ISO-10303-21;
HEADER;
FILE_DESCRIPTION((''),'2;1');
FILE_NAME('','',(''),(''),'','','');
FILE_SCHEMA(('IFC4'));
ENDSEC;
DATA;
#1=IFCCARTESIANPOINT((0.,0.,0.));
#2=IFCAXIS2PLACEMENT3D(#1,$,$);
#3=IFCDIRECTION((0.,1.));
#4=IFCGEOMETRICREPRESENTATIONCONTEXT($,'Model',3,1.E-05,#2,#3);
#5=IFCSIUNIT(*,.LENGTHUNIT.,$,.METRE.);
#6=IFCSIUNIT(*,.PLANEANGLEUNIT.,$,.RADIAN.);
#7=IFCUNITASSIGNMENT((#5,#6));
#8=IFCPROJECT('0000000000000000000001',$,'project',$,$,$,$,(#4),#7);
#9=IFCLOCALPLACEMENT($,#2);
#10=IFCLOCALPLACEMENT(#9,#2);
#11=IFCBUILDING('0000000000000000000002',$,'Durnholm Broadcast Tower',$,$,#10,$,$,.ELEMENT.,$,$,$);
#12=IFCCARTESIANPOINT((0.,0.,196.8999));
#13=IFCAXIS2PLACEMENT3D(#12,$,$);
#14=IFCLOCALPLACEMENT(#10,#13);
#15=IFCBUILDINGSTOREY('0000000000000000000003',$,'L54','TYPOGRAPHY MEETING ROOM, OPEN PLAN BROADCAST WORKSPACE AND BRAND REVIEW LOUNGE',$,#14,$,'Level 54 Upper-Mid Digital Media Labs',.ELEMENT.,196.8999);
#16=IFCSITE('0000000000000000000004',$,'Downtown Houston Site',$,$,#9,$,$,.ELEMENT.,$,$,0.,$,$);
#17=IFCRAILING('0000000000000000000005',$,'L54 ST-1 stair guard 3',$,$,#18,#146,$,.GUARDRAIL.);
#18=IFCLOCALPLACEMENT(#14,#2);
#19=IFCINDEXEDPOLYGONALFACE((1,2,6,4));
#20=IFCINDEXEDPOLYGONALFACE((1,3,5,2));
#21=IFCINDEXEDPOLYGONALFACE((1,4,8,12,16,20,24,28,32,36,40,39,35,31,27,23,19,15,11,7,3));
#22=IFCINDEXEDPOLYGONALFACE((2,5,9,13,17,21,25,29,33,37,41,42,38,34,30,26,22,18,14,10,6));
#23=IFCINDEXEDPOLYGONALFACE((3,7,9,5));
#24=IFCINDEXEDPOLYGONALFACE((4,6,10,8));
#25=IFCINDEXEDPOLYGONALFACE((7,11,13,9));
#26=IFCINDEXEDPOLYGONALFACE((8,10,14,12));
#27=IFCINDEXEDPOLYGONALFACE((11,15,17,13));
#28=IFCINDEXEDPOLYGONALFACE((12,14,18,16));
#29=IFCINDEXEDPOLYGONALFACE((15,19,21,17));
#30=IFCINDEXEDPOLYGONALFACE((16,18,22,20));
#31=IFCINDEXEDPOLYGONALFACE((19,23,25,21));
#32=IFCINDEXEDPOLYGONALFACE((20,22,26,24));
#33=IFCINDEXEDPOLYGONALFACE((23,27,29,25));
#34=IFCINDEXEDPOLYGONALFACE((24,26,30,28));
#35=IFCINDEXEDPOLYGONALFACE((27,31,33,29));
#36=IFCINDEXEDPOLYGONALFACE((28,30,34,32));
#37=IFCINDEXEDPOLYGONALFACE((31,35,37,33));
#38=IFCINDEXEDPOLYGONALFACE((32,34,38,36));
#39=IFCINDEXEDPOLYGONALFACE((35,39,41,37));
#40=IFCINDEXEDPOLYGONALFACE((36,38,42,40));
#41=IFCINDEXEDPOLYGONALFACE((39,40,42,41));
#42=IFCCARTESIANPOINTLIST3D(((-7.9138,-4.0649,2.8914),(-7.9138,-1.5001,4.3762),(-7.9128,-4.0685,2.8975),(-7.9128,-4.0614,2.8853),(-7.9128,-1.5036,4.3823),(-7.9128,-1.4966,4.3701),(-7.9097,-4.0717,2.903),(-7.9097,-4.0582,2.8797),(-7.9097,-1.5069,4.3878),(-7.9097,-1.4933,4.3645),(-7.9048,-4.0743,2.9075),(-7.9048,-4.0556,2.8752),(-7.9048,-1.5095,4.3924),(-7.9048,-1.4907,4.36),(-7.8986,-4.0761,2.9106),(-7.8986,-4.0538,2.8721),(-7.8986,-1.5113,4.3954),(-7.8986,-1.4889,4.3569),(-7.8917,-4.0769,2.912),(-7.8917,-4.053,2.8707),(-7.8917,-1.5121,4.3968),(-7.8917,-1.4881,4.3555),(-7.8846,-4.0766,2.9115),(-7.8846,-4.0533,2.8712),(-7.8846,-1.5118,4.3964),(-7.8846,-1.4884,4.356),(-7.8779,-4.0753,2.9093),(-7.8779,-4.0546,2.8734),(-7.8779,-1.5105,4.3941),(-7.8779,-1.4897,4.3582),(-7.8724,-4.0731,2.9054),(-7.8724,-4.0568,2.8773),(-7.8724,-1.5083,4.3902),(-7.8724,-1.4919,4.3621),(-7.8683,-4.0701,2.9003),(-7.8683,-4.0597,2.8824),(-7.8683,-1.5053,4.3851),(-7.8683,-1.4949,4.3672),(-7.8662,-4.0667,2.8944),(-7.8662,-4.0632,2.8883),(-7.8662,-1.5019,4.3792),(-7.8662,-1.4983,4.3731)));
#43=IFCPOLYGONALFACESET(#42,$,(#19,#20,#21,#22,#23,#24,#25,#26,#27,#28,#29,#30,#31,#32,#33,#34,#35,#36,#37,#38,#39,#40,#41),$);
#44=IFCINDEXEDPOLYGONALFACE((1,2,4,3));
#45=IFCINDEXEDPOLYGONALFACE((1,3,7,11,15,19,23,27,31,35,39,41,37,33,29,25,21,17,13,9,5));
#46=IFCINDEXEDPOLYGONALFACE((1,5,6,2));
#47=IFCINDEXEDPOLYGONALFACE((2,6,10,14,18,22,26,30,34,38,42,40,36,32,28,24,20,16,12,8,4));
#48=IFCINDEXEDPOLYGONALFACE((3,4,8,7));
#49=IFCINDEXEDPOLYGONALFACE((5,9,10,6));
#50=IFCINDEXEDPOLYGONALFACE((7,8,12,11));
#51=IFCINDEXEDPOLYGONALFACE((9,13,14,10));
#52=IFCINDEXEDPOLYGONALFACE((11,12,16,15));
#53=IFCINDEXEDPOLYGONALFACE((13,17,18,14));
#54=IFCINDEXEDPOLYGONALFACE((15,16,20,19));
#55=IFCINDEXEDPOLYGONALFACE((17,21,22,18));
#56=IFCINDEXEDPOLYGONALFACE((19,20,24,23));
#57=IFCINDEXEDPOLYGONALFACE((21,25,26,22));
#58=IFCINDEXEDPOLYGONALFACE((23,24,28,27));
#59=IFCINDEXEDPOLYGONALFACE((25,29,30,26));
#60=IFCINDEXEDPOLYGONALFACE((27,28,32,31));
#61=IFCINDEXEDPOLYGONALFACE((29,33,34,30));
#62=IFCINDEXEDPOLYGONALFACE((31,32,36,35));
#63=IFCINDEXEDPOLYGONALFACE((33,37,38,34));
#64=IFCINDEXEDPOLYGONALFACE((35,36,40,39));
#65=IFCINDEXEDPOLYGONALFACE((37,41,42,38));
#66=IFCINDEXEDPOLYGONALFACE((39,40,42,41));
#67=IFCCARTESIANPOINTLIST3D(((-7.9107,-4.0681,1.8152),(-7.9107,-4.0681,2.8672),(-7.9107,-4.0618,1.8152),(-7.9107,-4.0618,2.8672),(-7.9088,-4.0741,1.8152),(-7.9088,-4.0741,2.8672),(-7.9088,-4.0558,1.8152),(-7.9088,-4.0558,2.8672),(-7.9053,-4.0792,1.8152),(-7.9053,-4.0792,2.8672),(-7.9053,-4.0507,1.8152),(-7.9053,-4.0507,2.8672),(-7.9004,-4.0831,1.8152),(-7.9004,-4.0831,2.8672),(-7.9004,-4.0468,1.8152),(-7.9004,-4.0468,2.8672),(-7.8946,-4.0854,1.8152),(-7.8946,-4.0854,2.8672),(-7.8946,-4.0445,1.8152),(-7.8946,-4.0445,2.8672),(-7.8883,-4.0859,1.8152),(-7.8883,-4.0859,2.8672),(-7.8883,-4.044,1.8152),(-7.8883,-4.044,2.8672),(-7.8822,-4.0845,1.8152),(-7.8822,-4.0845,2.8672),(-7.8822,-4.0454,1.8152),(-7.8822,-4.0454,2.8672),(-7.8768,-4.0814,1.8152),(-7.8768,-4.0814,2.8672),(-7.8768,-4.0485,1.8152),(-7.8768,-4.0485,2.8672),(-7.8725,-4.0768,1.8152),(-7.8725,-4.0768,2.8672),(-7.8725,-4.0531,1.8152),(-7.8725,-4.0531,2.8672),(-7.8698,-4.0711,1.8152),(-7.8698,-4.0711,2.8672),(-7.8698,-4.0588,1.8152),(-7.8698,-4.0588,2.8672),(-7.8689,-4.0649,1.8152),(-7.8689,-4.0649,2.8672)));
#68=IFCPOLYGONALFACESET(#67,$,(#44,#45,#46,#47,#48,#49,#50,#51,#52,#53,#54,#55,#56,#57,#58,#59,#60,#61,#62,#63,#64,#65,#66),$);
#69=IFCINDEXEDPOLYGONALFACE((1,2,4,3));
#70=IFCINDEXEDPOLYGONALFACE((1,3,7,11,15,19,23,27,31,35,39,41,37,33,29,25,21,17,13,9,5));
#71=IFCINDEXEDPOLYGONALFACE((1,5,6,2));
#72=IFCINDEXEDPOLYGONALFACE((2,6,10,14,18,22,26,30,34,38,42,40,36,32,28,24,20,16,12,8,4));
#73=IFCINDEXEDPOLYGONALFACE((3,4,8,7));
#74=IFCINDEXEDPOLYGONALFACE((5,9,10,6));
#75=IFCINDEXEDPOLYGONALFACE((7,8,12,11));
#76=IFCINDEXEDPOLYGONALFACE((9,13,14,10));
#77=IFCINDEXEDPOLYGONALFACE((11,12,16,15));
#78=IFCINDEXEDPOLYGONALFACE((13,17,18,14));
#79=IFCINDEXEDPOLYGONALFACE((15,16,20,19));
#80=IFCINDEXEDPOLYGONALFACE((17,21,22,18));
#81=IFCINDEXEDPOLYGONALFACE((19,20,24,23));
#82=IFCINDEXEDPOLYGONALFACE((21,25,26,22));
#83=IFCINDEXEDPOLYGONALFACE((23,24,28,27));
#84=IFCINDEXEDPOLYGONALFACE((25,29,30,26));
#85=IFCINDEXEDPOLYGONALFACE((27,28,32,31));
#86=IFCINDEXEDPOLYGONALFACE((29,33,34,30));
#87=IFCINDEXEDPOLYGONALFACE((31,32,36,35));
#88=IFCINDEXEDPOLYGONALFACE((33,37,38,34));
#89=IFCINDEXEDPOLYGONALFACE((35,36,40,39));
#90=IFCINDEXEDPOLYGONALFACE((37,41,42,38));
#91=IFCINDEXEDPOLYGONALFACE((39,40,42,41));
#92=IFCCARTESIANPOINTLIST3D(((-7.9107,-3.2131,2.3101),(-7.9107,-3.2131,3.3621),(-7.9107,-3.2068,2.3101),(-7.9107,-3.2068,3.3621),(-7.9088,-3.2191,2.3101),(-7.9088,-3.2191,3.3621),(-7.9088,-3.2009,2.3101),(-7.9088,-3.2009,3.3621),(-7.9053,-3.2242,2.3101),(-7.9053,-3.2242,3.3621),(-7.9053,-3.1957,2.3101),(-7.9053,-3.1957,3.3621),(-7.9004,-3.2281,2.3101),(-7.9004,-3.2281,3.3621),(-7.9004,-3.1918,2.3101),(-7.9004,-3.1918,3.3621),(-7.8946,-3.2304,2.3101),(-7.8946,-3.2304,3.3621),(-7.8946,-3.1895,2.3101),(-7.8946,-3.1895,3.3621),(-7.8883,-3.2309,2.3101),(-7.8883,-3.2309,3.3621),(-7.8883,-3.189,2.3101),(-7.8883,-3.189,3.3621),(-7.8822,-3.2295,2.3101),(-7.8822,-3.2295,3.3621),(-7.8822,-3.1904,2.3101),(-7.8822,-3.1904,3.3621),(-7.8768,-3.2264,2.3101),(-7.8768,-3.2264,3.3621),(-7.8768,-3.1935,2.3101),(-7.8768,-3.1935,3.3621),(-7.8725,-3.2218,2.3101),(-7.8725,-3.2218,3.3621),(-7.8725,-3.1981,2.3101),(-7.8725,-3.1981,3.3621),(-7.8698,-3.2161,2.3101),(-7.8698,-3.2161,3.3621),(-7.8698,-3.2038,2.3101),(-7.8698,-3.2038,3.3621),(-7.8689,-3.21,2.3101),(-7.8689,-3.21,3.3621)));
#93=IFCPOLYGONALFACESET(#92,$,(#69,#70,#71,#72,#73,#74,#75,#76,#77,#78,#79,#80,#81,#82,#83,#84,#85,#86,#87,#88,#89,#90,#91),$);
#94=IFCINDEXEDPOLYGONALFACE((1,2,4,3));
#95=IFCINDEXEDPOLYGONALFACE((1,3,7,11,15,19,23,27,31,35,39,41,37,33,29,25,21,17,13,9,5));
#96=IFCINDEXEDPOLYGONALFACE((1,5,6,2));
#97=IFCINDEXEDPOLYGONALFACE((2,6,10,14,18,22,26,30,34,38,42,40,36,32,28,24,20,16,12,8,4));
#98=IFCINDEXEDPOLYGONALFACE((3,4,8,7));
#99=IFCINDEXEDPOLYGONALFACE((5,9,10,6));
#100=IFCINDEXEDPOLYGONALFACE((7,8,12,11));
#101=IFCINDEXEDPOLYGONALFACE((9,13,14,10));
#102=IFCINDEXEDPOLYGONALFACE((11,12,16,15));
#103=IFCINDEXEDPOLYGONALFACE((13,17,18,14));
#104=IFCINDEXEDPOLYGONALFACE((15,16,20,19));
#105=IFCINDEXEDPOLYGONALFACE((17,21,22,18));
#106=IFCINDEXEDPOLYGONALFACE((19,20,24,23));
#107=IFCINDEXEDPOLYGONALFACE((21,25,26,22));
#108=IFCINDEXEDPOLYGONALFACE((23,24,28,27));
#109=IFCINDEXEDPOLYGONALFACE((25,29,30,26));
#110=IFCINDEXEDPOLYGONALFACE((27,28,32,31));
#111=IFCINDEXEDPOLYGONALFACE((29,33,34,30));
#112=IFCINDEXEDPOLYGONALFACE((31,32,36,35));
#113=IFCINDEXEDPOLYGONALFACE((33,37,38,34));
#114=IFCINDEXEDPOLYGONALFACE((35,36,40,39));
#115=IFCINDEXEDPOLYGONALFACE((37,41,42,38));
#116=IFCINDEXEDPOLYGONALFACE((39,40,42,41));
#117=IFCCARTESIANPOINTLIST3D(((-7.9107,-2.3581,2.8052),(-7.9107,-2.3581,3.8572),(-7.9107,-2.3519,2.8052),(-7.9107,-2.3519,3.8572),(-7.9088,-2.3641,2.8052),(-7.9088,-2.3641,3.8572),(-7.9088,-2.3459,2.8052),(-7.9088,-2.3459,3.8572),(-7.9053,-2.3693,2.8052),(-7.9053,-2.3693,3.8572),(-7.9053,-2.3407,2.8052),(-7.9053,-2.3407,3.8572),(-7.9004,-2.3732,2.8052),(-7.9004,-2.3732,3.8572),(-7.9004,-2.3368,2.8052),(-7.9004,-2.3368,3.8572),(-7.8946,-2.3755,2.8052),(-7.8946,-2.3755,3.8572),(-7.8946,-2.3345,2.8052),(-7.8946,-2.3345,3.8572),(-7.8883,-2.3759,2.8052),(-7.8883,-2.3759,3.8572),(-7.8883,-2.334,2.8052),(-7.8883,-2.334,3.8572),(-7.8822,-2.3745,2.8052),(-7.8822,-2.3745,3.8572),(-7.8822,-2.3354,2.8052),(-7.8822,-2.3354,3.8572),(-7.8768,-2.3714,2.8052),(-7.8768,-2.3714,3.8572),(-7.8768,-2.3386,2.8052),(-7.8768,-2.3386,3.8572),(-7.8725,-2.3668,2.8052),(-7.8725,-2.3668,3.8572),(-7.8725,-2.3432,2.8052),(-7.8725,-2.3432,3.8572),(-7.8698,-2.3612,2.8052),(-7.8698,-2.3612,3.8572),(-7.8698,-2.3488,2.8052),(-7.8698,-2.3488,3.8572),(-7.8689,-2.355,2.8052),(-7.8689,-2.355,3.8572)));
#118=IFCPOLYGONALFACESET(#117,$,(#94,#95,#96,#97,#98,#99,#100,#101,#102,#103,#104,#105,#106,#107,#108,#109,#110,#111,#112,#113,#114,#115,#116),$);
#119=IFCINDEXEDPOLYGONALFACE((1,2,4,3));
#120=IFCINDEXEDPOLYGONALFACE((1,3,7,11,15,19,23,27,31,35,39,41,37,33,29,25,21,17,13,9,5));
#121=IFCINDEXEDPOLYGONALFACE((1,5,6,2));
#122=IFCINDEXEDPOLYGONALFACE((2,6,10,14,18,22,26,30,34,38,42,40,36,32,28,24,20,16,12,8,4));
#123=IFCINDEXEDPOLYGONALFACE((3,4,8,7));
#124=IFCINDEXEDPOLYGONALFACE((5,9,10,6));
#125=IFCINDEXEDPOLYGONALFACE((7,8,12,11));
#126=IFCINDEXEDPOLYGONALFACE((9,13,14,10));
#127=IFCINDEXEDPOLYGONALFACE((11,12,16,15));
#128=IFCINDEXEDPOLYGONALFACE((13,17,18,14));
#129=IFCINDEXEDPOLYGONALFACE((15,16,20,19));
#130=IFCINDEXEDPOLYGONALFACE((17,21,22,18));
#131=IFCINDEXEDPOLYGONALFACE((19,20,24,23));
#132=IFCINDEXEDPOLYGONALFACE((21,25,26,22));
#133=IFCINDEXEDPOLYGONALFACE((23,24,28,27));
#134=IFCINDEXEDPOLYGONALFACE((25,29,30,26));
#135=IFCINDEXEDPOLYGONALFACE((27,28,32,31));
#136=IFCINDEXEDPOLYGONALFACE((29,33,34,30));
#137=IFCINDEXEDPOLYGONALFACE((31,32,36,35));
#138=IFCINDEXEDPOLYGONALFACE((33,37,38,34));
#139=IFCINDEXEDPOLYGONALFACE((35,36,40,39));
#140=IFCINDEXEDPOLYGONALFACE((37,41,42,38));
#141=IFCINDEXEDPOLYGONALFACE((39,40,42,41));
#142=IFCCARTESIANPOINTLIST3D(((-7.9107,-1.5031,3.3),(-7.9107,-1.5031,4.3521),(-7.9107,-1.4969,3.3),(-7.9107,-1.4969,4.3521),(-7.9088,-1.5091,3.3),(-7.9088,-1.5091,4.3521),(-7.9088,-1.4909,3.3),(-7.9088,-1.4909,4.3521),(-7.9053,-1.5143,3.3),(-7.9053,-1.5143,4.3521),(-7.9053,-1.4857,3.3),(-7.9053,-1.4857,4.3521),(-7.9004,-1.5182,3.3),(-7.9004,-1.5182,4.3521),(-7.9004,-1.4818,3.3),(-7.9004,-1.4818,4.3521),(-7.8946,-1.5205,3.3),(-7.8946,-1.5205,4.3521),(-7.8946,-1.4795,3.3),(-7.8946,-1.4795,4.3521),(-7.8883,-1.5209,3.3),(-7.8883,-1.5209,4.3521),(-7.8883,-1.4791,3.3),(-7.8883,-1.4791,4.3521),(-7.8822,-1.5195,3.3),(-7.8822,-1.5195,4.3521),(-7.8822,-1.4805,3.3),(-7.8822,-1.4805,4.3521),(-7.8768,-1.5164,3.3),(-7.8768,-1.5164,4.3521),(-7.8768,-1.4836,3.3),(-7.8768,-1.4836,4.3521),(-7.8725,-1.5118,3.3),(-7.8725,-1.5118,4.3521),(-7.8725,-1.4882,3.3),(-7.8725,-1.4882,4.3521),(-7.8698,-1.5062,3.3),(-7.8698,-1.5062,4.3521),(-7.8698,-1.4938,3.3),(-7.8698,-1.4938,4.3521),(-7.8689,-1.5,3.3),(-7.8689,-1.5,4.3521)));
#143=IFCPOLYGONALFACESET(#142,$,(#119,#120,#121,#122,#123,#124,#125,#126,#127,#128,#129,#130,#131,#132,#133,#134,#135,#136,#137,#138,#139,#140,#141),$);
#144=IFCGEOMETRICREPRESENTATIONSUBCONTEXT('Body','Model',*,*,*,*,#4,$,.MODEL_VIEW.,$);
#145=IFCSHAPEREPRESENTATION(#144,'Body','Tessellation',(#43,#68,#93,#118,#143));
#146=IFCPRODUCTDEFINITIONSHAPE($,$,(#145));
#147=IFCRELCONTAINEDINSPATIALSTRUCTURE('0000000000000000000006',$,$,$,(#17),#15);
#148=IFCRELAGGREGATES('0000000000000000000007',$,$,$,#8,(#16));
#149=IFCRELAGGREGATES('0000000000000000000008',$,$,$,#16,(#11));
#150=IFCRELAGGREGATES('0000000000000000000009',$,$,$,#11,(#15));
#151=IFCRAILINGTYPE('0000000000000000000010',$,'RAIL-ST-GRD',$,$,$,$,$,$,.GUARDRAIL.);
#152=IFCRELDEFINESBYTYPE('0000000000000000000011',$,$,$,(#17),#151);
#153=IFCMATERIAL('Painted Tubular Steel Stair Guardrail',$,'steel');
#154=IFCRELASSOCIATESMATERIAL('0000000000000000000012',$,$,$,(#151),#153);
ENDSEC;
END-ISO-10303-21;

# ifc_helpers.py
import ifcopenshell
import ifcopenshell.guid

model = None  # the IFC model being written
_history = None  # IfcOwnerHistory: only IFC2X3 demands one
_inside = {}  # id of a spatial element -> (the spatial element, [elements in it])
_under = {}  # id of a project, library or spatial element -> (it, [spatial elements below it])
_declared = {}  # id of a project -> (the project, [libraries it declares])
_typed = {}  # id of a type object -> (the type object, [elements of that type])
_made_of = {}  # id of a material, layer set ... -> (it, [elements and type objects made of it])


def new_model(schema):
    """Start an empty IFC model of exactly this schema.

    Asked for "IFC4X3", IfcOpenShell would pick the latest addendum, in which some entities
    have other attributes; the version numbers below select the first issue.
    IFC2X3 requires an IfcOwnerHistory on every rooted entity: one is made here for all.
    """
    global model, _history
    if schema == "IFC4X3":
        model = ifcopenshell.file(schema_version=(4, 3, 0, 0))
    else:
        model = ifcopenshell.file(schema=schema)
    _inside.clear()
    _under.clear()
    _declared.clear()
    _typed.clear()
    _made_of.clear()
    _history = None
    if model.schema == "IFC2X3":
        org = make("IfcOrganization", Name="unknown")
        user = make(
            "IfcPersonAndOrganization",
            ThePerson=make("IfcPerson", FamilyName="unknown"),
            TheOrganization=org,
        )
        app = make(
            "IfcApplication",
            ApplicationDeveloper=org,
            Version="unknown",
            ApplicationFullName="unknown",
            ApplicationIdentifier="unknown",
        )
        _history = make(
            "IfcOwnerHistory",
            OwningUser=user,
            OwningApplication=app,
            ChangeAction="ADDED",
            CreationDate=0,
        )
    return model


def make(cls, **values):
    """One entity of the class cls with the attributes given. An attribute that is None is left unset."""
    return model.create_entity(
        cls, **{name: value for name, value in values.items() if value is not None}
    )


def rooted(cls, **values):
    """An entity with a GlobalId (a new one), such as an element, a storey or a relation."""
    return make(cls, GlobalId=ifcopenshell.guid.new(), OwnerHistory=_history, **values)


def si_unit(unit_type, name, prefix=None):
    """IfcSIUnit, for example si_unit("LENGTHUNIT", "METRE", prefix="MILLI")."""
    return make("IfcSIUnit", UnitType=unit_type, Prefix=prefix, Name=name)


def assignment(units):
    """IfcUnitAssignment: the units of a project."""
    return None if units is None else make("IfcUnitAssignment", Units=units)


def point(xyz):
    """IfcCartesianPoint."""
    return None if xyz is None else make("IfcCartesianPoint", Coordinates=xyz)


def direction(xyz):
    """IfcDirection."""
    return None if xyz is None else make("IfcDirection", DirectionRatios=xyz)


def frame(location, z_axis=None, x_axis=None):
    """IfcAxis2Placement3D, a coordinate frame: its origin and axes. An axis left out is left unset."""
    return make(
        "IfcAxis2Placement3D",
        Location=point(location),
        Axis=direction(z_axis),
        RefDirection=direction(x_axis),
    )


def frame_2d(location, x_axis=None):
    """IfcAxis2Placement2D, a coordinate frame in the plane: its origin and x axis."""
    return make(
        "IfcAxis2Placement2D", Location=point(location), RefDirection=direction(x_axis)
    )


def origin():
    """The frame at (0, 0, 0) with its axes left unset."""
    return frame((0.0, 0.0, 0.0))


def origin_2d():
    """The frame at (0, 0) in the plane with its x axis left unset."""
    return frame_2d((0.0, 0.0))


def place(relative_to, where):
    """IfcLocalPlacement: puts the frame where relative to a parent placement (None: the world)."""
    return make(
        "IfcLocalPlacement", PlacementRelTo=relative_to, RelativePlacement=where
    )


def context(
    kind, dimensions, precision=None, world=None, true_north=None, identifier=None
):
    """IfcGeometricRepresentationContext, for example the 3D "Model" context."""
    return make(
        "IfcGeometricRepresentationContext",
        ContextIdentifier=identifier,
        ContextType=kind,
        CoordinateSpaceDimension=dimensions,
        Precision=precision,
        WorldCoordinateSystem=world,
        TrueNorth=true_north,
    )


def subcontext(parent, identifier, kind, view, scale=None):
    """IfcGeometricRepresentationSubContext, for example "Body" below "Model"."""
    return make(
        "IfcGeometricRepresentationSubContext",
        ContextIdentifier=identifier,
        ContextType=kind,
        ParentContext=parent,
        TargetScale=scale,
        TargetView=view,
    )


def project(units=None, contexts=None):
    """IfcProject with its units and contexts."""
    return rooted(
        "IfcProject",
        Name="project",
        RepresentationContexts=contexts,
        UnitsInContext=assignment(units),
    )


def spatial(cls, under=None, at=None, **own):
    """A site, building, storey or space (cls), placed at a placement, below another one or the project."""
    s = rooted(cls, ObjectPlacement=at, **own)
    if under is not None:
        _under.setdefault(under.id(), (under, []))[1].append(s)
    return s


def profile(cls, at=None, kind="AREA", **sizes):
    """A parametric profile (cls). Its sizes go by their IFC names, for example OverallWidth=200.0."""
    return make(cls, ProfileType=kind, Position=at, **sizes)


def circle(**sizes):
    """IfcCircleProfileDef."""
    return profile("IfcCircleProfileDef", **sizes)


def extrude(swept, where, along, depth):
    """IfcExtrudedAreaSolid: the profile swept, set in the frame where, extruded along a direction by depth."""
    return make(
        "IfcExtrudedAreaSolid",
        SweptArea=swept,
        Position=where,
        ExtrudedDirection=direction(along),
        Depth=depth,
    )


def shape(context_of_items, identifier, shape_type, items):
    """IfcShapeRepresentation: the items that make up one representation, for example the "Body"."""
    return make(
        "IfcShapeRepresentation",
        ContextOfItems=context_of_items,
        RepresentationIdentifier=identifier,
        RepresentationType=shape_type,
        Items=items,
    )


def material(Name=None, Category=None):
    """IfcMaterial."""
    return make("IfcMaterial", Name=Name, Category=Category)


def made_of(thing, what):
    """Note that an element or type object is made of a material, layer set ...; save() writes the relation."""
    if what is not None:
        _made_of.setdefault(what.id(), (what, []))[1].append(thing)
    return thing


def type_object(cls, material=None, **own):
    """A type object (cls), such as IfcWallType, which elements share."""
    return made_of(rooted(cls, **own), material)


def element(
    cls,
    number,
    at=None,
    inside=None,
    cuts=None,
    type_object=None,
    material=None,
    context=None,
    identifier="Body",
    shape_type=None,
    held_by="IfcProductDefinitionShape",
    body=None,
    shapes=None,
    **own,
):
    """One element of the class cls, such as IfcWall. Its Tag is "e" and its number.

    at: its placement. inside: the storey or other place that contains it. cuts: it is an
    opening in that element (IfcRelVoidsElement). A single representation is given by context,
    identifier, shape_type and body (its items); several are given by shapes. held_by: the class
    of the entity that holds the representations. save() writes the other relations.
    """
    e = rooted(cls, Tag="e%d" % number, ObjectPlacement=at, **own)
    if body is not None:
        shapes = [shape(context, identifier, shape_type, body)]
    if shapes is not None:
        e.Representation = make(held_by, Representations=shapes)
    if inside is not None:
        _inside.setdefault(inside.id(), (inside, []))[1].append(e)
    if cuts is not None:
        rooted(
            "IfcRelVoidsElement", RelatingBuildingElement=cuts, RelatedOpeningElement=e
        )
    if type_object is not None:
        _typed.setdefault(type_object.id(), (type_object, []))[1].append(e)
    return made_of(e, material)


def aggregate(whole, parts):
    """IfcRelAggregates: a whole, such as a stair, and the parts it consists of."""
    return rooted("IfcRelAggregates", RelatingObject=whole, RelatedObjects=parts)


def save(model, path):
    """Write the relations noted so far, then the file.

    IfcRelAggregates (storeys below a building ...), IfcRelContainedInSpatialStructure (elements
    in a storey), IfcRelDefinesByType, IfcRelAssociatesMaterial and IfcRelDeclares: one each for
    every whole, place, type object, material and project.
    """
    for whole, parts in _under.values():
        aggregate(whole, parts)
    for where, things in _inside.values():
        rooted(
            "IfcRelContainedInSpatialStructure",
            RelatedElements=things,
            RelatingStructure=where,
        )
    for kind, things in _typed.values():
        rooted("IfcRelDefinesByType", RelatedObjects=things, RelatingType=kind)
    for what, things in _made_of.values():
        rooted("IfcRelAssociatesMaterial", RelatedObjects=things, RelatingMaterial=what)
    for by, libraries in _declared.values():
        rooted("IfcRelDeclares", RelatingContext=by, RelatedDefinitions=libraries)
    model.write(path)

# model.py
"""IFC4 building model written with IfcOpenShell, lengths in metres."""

from ifc_helpers import new_model, si_unit, direction, frame, origin, origin_2d, place, context, subcontext, project, spatial, circle, extrude, material, type_object, element, save


model = new_model("IFC4")

# Units and contexts
model_context = context("Model", 3, precision=1e-05, world=origin(), true_north=direction((0.0, 1.0)))
body_context = subcontext(model_context, "Body", "Model", "MODEL_VIEW")
ifc_project = project(units=[si_unit("LENGTHUNIT", "METRE"), si_unit("PLANEANGLEUNIT", "RADIAN")], contexts=[model_context])

# Site, building, storey
site_placement = place(None, origin())
site = spatial("IfcSite", under=ifc_project, at=site_placement, Name="Downtown Houston Site", CompositionType="ELEMENT", RefElevation=0.0)
building_placement = place(site_placement, origin())
building = spatial("IfcBuilding", under=site, at=building_placement, Name="Durnholm Broadcast Tower", CompositionType="ELEMENT")
storey_placement = place(building_placement, frame((0.0, 0.0, 196.8999)))
storey = spatial("IfcBuildingStorey", under=building, at=storey_placement, Name="L54", Description="TYPOGRAPHY MEETING ROOM, OPEN PLAN BROADCAST WORKSPACE AND BRAND REVIEW LOUNGE", LongName="Level 54 Upper-Mid Digital Media Labs", CompositionType="ELEMENT", Elevation=196.8999)

# Railing
ifc_material_1 = material(Name="Painted Tubular Steel Stair Guardrail", Category="steel")
railing_type_1 = type_object("IfcRailingType", Name="RAIL-ST-GRD", PredefinedType="GUARDRAIL", material=ifc_material_1)
railing_1_placement = place(storey_placement, frame((-7.8899, -4.0649, 1.8152)))
element("IfcRailing", 1, at=railing_1_placement, inside=storey, type_object=railing_type_1, Name="L54 ST-1 stair guard 3", PredefinedType="GUARDRAIL", context=body_context, shape_type="SweptSolid", body=[
    extrude(circle(Radius=0.0239, at=origin_2d()), frame((0.0, 0.0, 1.0762), z_axis=(0.0, 0.865441, 0.50101), x_axis=(-1.0, 0.0, 0.0)), (0.0, 0.0, 1.0), 2.9636),
    extrude(circle(Radius=0.021, at=origin_2d()), origin(), (0.0, 0.0, 1.0), 1.052),
    extrude(circle(Radius=0.021, at=origin_2d()), frame((0.0, 0.855, 0.4949)), (0.0, 0.0, 1.0), 1.052),
    extrude(circle(Radius=0.021, at=origin_2d()), frame((0.0, 1.71, 0.99)), (0.0, 0.0, 1.0), 1.052),
    extrude(circle(Radius=0.021, at=origin_2d()), frame((0.0, 2.5649, 1.4849)), (0.0, 0.0, 1.0), 1.052),
])

save(model, "model.ifc")
